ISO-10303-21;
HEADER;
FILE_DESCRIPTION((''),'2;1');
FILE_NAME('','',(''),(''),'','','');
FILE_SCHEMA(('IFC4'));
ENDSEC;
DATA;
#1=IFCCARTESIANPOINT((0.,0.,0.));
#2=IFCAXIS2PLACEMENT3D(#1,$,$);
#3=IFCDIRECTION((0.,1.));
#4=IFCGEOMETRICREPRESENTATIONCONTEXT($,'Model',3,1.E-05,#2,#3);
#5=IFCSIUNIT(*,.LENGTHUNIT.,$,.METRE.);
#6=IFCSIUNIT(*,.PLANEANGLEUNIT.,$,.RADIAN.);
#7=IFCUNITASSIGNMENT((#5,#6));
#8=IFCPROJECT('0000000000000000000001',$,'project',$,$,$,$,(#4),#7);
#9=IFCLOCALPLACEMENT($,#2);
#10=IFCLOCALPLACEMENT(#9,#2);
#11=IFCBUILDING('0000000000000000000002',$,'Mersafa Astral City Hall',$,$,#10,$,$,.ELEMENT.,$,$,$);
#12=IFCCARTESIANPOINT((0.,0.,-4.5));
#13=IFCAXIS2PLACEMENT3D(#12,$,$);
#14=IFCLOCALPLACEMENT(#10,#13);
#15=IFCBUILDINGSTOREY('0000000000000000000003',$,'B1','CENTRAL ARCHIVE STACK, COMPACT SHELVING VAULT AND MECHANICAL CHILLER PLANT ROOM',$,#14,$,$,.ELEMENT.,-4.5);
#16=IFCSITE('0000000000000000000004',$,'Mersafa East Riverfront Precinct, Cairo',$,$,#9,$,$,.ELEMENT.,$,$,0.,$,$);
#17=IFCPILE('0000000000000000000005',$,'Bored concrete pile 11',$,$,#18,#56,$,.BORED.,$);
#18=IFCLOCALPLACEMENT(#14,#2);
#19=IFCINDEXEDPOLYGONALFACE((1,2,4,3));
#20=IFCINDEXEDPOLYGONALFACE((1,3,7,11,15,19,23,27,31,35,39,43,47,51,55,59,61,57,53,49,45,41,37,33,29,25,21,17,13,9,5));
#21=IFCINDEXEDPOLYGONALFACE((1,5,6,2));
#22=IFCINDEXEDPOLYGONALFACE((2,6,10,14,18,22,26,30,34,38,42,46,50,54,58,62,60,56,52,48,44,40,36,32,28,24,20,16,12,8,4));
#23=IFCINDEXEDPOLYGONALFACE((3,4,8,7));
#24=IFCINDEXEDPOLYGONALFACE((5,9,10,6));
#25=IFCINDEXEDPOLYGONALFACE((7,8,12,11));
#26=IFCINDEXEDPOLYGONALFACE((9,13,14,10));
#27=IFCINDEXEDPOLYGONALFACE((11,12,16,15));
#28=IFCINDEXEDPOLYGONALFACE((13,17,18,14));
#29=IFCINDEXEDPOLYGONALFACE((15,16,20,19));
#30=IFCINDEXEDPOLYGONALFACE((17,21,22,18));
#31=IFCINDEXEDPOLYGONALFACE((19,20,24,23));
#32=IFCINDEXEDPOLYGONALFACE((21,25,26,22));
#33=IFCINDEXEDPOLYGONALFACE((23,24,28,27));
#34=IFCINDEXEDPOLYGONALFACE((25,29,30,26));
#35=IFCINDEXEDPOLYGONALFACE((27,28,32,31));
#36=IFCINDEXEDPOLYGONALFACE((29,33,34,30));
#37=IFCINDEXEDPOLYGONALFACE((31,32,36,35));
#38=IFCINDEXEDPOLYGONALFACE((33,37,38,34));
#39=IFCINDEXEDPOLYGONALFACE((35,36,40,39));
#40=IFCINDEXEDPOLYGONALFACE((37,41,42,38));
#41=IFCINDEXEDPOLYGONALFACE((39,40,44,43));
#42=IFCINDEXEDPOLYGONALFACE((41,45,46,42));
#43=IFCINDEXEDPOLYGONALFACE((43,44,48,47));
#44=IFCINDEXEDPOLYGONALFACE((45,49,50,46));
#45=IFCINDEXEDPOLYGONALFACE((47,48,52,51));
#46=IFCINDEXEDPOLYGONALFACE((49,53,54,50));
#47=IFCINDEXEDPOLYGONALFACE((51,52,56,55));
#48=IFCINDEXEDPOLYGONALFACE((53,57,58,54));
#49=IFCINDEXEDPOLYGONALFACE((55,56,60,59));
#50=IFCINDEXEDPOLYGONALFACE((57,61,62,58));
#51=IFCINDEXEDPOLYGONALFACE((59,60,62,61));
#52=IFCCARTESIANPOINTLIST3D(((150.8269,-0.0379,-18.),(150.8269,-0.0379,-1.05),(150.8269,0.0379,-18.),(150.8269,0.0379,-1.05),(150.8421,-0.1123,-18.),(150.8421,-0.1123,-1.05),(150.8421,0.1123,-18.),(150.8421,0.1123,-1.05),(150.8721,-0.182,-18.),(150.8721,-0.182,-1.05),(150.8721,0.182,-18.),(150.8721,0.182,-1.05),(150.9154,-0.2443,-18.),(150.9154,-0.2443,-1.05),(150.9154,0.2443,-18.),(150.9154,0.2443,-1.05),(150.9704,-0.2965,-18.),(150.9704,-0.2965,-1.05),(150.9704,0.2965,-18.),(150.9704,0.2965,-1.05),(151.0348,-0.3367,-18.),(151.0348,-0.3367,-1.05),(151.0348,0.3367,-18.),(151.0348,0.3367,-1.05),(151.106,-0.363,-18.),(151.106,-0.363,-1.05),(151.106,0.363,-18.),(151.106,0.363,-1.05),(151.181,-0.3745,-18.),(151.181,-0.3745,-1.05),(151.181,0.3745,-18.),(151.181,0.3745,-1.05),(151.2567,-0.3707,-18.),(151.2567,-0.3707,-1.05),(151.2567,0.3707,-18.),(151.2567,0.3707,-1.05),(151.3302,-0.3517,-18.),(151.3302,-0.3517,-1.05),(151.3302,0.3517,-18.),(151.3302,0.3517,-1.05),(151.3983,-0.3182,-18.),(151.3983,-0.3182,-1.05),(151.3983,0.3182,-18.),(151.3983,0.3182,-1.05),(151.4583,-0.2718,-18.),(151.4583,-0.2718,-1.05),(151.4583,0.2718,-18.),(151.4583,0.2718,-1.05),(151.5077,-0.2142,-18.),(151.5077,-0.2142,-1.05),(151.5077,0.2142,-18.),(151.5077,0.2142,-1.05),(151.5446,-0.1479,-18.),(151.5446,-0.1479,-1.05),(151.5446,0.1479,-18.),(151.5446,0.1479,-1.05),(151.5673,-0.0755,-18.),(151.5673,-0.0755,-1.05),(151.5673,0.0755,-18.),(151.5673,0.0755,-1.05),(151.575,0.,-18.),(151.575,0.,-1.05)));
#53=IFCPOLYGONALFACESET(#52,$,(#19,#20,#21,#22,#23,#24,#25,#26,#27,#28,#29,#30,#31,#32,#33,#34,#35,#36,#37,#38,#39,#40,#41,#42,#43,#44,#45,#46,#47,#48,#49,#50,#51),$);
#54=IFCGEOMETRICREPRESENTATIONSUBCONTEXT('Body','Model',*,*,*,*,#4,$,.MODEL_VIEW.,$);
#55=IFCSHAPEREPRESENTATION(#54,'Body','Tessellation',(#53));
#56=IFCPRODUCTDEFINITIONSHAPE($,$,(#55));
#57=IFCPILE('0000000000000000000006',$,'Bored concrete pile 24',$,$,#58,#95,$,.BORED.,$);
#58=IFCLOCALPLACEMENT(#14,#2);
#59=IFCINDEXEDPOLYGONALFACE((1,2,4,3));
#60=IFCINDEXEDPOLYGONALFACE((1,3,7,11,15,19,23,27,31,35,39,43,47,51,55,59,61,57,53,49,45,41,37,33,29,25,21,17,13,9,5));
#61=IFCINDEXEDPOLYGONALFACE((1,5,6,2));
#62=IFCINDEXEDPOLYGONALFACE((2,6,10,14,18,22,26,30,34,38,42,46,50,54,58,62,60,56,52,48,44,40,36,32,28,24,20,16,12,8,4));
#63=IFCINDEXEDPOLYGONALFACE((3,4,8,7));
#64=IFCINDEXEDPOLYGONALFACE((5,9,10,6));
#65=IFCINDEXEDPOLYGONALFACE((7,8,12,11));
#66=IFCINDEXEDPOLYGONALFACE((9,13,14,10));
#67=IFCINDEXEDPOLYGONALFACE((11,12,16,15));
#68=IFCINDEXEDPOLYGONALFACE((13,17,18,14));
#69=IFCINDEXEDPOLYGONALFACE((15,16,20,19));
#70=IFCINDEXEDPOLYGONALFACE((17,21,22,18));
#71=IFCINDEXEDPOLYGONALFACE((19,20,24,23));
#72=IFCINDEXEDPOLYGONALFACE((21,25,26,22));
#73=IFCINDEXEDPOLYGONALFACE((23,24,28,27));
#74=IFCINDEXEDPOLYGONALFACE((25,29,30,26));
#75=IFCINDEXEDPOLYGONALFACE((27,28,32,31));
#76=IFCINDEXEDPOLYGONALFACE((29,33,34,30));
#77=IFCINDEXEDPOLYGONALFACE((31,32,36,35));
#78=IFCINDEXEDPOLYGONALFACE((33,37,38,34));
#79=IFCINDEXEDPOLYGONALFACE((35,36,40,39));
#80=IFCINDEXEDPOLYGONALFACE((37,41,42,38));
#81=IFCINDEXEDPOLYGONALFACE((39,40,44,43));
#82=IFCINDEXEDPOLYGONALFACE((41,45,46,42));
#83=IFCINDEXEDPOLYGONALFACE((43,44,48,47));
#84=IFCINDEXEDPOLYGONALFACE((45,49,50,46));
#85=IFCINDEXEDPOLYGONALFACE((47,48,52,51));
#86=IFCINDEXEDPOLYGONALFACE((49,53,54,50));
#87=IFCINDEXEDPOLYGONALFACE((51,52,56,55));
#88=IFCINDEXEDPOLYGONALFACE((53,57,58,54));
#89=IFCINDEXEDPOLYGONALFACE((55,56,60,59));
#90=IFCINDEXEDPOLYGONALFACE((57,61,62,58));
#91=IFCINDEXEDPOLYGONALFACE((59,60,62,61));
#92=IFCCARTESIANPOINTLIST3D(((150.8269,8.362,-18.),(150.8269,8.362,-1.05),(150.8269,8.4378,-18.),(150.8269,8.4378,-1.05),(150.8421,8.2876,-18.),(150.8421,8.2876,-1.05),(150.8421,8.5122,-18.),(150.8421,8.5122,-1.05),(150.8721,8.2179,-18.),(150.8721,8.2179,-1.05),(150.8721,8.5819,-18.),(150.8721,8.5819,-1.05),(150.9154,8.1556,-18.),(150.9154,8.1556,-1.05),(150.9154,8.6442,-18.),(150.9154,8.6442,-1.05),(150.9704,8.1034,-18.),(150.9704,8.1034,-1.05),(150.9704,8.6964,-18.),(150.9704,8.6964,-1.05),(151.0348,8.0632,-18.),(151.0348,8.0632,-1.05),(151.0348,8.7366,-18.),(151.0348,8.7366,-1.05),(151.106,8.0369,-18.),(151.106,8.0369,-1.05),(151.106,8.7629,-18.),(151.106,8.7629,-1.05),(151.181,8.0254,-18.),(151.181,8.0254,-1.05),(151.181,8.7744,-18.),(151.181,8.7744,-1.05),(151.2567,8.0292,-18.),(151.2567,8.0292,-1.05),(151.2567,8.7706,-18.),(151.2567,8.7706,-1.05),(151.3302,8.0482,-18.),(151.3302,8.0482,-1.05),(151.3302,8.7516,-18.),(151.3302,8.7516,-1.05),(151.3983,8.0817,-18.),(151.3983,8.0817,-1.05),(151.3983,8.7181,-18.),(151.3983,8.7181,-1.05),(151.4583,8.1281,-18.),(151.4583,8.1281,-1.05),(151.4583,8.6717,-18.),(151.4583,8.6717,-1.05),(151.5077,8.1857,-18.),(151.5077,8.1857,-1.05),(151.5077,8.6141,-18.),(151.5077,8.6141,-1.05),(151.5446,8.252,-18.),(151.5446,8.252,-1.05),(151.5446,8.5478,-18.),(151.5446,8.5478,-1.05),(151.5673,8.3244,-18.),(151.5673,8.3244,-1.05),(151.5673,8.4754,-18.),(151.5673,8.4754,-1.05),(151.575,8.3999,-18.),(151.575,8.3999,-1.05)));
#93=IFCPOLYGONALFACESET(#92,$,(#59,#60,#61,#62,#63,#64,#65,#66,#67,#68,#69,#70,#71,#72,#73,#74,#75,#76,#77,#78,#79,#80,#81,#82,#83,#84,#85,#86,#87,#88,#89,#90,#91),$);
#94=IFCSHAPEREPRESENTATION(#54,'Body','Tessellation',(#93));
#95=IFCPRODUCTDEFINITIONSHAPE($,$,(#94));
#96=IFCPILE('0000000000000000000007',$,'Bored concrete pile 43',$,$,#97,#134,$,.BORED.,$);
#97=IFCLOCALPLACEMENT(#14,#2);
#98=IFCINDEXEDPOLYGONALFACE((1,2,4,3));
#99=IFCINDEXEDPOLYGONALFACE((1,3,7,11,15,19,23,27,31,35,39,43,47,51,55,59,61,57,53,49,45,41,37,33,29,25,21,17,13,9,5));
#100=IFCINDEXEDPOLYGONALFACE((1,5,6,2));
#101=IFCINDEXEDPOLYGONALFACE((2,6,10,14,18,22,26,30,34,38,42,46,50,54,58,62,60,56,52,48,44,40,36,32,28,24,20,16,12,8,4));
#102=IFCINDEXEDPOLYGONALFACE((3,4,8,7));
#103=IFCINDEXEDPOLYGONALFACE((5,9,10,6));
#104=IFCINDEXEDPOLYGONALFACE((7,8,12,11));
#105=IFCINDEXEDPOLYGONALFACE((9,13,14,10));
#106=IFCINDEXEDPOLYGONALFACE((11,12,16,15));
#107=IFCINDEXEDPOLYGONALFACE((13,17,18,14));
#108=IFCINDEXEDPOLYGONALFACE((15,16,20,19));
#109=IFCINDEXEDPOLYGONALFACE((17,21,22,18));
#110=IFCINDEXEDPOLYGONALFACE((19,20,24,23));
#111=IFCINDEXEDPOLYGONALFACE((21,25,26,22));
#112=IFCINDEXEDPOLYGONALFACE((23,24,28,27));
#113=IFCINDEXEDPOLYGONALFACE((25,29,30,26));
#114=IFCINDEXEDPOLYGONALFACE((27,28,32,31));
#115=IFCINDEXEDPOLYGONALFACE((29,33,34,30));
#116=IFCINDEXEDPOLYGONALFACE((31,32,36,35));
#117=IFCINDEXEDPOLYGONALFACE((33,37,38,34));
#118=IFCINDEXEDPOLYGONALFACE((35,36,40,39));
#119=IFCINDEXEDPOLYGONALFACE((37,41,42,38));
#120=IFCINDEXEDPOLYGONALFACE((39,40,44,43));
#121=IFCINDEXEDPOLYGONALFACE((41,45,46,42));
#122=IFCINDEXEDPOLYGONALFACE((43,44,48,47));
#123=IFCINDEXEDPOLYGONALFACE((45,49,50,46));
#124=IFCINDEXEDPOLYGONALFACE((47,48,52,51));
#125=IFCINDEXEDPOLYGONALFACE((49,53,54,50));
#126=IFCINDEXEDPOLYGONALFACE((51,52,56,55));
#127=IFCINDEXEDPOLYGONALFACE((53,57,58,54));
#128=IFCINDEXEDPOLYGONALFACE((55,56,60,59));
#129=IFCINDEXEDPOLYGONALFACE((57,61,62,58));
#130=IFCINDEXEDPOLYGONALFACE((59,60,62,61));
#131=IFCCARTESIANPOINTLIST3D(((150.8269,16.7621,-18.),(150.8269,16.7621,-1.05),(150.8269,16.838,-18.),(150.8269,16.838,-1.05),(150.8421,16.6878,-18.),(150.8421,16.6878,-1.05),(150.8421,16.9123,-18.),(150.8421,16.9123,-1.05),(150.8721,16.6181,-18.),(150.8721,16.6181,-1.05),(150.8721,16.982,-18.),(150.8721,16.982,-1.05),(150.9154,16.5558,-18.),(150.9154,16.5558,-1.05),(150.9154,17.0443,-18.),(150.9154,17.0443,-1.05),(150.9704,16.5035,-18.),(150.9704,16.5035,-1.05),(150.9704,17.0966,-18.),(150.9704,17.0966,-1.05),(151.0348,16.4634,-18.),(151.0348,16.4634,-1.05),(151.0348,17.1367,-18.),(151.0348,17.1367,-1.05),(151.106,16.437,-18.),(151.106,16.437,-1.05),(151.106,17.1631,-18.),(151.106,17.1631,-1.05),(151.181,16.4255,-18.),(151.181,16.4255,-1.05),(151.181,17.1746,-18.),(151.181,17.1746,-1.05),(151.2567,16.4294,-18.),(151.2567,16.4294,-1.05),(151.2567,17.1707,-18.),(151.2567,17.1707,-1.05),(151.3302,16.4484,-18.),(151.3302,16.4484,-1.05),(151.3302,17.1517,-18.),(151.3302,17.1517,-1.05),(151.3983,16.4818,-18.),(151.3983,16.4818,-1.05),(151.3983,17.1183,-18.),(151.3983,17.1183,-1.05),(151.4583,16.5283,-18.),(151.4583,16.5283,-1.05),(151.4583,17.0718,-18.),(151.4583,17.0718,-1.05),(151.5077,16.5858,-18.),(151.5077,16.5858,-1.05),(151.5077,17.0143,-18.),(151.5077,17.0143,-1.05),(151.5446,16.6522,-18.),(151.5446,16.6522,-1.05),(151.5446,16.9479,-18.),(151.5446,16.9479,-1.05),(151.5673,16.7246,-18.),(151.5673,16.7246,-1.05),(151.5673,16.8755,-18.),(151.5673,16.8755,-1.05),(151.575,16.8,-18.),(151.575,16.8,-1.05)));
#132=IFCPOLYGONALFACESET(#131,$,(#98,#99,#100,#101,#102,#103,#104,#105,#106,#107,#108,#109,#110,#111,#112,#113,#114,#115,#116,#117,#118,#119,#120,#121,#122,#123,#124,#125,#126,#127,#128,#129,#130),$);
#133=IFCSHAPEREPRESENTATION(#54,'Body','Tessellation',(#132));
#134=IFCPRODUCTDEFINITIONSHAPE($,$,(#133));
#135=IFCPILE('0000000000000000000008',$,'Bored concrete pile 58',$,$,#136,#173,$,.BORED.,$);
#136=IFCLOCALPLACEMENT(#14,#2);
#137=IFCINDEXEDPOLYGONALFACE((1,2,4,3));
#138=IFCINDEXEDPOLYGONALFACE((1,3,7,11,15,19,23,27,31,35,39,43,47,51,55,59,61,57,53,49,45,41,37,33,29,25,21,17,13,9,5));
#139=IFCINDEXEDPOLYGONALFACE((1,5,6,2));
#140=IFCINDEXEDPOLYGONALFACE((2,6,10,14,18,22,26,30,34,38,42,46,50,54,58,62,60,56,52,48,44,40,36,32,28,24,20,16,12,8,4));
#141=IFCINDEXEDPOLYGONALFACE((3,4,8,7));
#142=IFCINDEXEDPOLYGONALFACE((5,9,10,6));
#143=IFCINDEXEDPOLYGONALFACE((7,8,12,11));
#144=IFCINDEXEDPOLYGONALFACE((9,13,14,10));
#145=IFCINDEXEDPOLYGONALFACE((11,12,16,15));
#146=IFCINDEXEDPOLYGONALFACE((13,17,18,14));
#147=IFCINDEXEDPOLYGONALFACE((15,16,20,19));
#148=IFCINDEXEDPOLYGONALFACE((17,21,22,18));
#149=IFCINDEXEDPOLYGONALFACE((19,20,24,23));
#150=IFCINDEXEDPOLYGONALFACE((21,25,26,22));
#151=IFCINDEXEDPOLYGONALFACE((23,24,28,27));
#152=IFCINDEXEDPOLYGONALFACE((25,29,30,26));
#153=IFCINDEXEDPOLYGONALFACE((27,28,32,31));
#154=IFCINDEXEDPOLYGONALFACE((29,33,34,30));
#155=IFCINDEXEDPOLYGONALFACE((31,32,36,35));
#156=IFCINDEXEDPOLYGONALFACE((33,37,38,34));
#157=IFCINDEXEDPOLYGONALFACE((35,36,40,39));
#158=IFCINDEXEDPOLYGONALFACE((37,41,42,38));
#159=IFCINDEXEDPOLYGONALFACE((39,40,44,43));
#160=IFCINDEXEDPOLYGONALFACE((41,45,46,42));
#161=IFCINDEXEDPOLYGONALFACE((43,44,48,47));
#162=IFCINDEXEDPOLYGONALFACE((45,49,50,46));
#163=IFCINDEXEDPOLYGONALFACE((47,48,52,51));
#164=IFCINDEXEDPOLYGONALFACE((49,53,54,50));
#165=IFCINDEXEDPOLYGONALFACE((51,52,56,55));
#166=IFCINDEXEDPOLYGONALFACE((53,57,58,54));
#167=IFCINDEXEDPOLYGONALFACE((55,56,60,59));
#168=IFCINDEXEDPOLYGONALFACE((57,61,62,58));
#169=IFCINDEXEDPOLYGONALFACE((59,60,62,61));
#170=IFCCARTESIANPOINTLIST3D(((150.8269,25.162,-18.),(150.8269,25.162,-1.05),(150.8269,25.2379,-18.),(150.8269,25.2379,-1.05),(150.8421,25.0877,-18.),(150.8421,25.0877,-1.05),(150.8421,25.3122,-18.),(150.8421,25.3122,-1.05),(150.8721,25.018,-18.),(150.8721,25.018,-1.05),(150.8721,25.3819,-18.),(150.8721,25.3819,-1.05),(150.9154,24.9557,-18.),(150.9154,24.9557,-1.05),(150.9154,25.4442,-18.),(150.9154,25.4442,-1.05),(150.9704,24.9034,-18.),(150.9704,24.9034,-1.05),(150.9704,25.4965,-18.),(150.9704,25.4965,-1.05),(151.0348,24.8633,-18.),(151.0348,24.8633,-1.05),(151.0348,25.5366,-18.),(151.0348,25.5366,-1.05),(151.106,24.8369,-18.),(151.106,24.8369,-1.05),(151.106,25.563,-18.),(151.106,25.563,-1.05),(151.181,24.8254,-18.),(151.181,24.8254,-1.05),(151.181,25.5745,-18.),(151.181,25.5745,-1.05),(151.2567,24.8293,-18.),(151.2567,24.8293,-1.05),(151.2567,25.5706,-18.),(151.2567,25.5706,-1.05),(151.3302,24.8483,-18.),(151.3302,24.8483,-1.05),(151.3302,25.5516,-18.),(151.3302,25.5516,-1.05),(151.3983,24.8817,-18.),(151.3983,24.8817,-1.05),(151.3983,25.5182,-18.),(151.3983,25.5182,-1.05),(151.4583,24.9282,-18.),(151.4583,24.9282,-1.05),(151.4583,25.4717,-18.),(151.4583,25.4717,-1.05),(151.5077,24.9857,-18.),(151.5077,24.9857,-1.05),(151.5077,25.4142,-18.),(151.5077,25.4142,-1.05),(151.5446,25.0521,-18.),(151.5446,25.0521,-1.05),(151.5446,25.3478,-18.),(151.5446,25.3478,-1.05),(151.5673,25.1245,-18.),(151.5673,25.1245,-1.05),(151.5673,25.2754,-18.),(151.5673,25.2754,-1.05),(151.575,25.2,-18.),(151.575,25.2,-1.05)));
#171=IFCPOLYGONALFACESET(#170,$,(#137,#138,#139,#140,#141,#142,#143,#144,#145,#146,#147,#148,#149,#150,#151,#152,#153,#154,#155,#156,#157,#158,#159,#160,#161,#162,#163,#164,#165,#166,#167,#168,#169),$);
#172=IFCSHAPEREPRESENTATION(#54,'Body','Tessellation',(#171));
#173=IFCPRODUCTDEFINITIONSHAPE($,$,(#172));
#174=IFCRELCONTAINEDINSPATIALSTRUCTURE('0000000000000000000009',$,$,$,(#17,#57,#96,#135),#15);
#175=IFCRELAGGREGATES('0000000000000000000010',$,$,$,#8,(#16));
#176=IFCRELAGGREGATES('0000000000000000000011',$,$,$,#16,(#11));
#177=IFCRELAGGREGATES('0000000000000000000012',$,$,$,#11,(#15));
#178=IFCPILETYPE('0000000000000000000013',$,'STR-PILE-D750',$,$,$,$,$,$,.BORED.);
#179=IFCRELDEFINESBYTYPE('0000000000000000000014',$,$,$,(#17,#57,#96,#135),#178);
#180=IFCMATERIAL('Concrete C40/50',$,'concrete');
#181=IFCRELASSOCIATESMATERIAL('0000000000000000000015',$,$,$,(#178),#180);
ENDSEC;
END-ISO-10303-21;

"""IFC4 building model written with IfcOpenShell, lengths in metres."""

from ifc_helpers import new_model, si_unit, direction, frame, origin, origin_2d, place, context, subcontext, project, spatial, circle, extrude, material, material_profile, profile_set, type_object, element, save


model = new_model("IFC4")

# Units and contexts
model_context = context("Model", 3, precision=1e-05, world=origin(), true_north=direction((0.0, 1.0)))
body_context = subcontext(model_context, "Body", "Model", "MODEL_VIEW")
ifc_project = project(units=[si_unit("LENGTHUNIT", "METRE"), si_unit("PLANEANGLEUNIT", "RADIAN")], contexts=[model_context])

# Site, building, storey
site_placement = place(None, origin())
site = spatial("IfcSite", under=ifc_project, at=site_placement, Name="Mersafa East Riverfront Precinct, Cairo", CompositionType="ELEMENT", RefElevation=0.0)
building_placement = place(site_placement, origin())
building = spatial("IfcBuilding", under=site, at=building_placement, Name="Mersafa Astral City Hall", CompositionType="ELEMENT")
storey_placement = place(building_placement, frame((0.0, 0.0, -4.5)))
storey = spatial("IfcBuildingStorey", under=building, at=storey_placement, Name="B1", Description="CENTRAL ARCHIVE STACK, COMPACT SHELVING VAULT AND MECHANICAL CHILLER PLANT ROOM", CompositionType="ELEMENT", Elevation=-4.5)

# Shared definitions
ifc_material = material(Name="Concrete C40/50", Category="concrete")

# Piles
ifc_material_profile_1 = material_profile(ifc_material, circle(Radius=0.375, at=origin_2d()), Name="PILE D750")
ifc_profile_set_1 = profile_set([ifc_material_profile_1], Name="Concrete C40/50")
pile_type_1 = type_object("IfcPileType", Name="STR-PILE-D750", PredefinedType="BORED", material=ifc_profile_set_1)
for number, where, z_axis, x_axis, name in (
    (1, (151.2, 0.0, -1.05), (0.0, 0.0, -1.0), (1.0, 0.0, 0.0), "Bored concrete pile 11"),
    (2, (151.2, 8.3999, -1.05), (0.0, 0.0, -1.0), (1.0, 0.0, 0.0), "Bored concrete pile 24"),
    (3, (151.2, 16.8, -1.05), (0.0, 0.0, -1.0), (1.0, 0.0, 0.0), "Bored concrete pile 43"),
    (4, (151.2, 25.2, -1.05), (0.0, 0.0, -1.0), (1.0, 0.0, 0.0), "Bored concrete pile 58"),
):
    element("IfcPile", number, at=place(storey_placement, frame(where, z_axis=z_axis, x_axis=x_axis)), inside=storey, type_object=pile_type_1, Name=name, PredefinedType="BORED", context=body_context, shape_type="SweptSolid", body=[
        extrude(circle(Radius=0.375, at=origin_2d()), origin(), (0.0, 0.0, 1.0), 16.95),
    ])

save(model, "model.ifc")
